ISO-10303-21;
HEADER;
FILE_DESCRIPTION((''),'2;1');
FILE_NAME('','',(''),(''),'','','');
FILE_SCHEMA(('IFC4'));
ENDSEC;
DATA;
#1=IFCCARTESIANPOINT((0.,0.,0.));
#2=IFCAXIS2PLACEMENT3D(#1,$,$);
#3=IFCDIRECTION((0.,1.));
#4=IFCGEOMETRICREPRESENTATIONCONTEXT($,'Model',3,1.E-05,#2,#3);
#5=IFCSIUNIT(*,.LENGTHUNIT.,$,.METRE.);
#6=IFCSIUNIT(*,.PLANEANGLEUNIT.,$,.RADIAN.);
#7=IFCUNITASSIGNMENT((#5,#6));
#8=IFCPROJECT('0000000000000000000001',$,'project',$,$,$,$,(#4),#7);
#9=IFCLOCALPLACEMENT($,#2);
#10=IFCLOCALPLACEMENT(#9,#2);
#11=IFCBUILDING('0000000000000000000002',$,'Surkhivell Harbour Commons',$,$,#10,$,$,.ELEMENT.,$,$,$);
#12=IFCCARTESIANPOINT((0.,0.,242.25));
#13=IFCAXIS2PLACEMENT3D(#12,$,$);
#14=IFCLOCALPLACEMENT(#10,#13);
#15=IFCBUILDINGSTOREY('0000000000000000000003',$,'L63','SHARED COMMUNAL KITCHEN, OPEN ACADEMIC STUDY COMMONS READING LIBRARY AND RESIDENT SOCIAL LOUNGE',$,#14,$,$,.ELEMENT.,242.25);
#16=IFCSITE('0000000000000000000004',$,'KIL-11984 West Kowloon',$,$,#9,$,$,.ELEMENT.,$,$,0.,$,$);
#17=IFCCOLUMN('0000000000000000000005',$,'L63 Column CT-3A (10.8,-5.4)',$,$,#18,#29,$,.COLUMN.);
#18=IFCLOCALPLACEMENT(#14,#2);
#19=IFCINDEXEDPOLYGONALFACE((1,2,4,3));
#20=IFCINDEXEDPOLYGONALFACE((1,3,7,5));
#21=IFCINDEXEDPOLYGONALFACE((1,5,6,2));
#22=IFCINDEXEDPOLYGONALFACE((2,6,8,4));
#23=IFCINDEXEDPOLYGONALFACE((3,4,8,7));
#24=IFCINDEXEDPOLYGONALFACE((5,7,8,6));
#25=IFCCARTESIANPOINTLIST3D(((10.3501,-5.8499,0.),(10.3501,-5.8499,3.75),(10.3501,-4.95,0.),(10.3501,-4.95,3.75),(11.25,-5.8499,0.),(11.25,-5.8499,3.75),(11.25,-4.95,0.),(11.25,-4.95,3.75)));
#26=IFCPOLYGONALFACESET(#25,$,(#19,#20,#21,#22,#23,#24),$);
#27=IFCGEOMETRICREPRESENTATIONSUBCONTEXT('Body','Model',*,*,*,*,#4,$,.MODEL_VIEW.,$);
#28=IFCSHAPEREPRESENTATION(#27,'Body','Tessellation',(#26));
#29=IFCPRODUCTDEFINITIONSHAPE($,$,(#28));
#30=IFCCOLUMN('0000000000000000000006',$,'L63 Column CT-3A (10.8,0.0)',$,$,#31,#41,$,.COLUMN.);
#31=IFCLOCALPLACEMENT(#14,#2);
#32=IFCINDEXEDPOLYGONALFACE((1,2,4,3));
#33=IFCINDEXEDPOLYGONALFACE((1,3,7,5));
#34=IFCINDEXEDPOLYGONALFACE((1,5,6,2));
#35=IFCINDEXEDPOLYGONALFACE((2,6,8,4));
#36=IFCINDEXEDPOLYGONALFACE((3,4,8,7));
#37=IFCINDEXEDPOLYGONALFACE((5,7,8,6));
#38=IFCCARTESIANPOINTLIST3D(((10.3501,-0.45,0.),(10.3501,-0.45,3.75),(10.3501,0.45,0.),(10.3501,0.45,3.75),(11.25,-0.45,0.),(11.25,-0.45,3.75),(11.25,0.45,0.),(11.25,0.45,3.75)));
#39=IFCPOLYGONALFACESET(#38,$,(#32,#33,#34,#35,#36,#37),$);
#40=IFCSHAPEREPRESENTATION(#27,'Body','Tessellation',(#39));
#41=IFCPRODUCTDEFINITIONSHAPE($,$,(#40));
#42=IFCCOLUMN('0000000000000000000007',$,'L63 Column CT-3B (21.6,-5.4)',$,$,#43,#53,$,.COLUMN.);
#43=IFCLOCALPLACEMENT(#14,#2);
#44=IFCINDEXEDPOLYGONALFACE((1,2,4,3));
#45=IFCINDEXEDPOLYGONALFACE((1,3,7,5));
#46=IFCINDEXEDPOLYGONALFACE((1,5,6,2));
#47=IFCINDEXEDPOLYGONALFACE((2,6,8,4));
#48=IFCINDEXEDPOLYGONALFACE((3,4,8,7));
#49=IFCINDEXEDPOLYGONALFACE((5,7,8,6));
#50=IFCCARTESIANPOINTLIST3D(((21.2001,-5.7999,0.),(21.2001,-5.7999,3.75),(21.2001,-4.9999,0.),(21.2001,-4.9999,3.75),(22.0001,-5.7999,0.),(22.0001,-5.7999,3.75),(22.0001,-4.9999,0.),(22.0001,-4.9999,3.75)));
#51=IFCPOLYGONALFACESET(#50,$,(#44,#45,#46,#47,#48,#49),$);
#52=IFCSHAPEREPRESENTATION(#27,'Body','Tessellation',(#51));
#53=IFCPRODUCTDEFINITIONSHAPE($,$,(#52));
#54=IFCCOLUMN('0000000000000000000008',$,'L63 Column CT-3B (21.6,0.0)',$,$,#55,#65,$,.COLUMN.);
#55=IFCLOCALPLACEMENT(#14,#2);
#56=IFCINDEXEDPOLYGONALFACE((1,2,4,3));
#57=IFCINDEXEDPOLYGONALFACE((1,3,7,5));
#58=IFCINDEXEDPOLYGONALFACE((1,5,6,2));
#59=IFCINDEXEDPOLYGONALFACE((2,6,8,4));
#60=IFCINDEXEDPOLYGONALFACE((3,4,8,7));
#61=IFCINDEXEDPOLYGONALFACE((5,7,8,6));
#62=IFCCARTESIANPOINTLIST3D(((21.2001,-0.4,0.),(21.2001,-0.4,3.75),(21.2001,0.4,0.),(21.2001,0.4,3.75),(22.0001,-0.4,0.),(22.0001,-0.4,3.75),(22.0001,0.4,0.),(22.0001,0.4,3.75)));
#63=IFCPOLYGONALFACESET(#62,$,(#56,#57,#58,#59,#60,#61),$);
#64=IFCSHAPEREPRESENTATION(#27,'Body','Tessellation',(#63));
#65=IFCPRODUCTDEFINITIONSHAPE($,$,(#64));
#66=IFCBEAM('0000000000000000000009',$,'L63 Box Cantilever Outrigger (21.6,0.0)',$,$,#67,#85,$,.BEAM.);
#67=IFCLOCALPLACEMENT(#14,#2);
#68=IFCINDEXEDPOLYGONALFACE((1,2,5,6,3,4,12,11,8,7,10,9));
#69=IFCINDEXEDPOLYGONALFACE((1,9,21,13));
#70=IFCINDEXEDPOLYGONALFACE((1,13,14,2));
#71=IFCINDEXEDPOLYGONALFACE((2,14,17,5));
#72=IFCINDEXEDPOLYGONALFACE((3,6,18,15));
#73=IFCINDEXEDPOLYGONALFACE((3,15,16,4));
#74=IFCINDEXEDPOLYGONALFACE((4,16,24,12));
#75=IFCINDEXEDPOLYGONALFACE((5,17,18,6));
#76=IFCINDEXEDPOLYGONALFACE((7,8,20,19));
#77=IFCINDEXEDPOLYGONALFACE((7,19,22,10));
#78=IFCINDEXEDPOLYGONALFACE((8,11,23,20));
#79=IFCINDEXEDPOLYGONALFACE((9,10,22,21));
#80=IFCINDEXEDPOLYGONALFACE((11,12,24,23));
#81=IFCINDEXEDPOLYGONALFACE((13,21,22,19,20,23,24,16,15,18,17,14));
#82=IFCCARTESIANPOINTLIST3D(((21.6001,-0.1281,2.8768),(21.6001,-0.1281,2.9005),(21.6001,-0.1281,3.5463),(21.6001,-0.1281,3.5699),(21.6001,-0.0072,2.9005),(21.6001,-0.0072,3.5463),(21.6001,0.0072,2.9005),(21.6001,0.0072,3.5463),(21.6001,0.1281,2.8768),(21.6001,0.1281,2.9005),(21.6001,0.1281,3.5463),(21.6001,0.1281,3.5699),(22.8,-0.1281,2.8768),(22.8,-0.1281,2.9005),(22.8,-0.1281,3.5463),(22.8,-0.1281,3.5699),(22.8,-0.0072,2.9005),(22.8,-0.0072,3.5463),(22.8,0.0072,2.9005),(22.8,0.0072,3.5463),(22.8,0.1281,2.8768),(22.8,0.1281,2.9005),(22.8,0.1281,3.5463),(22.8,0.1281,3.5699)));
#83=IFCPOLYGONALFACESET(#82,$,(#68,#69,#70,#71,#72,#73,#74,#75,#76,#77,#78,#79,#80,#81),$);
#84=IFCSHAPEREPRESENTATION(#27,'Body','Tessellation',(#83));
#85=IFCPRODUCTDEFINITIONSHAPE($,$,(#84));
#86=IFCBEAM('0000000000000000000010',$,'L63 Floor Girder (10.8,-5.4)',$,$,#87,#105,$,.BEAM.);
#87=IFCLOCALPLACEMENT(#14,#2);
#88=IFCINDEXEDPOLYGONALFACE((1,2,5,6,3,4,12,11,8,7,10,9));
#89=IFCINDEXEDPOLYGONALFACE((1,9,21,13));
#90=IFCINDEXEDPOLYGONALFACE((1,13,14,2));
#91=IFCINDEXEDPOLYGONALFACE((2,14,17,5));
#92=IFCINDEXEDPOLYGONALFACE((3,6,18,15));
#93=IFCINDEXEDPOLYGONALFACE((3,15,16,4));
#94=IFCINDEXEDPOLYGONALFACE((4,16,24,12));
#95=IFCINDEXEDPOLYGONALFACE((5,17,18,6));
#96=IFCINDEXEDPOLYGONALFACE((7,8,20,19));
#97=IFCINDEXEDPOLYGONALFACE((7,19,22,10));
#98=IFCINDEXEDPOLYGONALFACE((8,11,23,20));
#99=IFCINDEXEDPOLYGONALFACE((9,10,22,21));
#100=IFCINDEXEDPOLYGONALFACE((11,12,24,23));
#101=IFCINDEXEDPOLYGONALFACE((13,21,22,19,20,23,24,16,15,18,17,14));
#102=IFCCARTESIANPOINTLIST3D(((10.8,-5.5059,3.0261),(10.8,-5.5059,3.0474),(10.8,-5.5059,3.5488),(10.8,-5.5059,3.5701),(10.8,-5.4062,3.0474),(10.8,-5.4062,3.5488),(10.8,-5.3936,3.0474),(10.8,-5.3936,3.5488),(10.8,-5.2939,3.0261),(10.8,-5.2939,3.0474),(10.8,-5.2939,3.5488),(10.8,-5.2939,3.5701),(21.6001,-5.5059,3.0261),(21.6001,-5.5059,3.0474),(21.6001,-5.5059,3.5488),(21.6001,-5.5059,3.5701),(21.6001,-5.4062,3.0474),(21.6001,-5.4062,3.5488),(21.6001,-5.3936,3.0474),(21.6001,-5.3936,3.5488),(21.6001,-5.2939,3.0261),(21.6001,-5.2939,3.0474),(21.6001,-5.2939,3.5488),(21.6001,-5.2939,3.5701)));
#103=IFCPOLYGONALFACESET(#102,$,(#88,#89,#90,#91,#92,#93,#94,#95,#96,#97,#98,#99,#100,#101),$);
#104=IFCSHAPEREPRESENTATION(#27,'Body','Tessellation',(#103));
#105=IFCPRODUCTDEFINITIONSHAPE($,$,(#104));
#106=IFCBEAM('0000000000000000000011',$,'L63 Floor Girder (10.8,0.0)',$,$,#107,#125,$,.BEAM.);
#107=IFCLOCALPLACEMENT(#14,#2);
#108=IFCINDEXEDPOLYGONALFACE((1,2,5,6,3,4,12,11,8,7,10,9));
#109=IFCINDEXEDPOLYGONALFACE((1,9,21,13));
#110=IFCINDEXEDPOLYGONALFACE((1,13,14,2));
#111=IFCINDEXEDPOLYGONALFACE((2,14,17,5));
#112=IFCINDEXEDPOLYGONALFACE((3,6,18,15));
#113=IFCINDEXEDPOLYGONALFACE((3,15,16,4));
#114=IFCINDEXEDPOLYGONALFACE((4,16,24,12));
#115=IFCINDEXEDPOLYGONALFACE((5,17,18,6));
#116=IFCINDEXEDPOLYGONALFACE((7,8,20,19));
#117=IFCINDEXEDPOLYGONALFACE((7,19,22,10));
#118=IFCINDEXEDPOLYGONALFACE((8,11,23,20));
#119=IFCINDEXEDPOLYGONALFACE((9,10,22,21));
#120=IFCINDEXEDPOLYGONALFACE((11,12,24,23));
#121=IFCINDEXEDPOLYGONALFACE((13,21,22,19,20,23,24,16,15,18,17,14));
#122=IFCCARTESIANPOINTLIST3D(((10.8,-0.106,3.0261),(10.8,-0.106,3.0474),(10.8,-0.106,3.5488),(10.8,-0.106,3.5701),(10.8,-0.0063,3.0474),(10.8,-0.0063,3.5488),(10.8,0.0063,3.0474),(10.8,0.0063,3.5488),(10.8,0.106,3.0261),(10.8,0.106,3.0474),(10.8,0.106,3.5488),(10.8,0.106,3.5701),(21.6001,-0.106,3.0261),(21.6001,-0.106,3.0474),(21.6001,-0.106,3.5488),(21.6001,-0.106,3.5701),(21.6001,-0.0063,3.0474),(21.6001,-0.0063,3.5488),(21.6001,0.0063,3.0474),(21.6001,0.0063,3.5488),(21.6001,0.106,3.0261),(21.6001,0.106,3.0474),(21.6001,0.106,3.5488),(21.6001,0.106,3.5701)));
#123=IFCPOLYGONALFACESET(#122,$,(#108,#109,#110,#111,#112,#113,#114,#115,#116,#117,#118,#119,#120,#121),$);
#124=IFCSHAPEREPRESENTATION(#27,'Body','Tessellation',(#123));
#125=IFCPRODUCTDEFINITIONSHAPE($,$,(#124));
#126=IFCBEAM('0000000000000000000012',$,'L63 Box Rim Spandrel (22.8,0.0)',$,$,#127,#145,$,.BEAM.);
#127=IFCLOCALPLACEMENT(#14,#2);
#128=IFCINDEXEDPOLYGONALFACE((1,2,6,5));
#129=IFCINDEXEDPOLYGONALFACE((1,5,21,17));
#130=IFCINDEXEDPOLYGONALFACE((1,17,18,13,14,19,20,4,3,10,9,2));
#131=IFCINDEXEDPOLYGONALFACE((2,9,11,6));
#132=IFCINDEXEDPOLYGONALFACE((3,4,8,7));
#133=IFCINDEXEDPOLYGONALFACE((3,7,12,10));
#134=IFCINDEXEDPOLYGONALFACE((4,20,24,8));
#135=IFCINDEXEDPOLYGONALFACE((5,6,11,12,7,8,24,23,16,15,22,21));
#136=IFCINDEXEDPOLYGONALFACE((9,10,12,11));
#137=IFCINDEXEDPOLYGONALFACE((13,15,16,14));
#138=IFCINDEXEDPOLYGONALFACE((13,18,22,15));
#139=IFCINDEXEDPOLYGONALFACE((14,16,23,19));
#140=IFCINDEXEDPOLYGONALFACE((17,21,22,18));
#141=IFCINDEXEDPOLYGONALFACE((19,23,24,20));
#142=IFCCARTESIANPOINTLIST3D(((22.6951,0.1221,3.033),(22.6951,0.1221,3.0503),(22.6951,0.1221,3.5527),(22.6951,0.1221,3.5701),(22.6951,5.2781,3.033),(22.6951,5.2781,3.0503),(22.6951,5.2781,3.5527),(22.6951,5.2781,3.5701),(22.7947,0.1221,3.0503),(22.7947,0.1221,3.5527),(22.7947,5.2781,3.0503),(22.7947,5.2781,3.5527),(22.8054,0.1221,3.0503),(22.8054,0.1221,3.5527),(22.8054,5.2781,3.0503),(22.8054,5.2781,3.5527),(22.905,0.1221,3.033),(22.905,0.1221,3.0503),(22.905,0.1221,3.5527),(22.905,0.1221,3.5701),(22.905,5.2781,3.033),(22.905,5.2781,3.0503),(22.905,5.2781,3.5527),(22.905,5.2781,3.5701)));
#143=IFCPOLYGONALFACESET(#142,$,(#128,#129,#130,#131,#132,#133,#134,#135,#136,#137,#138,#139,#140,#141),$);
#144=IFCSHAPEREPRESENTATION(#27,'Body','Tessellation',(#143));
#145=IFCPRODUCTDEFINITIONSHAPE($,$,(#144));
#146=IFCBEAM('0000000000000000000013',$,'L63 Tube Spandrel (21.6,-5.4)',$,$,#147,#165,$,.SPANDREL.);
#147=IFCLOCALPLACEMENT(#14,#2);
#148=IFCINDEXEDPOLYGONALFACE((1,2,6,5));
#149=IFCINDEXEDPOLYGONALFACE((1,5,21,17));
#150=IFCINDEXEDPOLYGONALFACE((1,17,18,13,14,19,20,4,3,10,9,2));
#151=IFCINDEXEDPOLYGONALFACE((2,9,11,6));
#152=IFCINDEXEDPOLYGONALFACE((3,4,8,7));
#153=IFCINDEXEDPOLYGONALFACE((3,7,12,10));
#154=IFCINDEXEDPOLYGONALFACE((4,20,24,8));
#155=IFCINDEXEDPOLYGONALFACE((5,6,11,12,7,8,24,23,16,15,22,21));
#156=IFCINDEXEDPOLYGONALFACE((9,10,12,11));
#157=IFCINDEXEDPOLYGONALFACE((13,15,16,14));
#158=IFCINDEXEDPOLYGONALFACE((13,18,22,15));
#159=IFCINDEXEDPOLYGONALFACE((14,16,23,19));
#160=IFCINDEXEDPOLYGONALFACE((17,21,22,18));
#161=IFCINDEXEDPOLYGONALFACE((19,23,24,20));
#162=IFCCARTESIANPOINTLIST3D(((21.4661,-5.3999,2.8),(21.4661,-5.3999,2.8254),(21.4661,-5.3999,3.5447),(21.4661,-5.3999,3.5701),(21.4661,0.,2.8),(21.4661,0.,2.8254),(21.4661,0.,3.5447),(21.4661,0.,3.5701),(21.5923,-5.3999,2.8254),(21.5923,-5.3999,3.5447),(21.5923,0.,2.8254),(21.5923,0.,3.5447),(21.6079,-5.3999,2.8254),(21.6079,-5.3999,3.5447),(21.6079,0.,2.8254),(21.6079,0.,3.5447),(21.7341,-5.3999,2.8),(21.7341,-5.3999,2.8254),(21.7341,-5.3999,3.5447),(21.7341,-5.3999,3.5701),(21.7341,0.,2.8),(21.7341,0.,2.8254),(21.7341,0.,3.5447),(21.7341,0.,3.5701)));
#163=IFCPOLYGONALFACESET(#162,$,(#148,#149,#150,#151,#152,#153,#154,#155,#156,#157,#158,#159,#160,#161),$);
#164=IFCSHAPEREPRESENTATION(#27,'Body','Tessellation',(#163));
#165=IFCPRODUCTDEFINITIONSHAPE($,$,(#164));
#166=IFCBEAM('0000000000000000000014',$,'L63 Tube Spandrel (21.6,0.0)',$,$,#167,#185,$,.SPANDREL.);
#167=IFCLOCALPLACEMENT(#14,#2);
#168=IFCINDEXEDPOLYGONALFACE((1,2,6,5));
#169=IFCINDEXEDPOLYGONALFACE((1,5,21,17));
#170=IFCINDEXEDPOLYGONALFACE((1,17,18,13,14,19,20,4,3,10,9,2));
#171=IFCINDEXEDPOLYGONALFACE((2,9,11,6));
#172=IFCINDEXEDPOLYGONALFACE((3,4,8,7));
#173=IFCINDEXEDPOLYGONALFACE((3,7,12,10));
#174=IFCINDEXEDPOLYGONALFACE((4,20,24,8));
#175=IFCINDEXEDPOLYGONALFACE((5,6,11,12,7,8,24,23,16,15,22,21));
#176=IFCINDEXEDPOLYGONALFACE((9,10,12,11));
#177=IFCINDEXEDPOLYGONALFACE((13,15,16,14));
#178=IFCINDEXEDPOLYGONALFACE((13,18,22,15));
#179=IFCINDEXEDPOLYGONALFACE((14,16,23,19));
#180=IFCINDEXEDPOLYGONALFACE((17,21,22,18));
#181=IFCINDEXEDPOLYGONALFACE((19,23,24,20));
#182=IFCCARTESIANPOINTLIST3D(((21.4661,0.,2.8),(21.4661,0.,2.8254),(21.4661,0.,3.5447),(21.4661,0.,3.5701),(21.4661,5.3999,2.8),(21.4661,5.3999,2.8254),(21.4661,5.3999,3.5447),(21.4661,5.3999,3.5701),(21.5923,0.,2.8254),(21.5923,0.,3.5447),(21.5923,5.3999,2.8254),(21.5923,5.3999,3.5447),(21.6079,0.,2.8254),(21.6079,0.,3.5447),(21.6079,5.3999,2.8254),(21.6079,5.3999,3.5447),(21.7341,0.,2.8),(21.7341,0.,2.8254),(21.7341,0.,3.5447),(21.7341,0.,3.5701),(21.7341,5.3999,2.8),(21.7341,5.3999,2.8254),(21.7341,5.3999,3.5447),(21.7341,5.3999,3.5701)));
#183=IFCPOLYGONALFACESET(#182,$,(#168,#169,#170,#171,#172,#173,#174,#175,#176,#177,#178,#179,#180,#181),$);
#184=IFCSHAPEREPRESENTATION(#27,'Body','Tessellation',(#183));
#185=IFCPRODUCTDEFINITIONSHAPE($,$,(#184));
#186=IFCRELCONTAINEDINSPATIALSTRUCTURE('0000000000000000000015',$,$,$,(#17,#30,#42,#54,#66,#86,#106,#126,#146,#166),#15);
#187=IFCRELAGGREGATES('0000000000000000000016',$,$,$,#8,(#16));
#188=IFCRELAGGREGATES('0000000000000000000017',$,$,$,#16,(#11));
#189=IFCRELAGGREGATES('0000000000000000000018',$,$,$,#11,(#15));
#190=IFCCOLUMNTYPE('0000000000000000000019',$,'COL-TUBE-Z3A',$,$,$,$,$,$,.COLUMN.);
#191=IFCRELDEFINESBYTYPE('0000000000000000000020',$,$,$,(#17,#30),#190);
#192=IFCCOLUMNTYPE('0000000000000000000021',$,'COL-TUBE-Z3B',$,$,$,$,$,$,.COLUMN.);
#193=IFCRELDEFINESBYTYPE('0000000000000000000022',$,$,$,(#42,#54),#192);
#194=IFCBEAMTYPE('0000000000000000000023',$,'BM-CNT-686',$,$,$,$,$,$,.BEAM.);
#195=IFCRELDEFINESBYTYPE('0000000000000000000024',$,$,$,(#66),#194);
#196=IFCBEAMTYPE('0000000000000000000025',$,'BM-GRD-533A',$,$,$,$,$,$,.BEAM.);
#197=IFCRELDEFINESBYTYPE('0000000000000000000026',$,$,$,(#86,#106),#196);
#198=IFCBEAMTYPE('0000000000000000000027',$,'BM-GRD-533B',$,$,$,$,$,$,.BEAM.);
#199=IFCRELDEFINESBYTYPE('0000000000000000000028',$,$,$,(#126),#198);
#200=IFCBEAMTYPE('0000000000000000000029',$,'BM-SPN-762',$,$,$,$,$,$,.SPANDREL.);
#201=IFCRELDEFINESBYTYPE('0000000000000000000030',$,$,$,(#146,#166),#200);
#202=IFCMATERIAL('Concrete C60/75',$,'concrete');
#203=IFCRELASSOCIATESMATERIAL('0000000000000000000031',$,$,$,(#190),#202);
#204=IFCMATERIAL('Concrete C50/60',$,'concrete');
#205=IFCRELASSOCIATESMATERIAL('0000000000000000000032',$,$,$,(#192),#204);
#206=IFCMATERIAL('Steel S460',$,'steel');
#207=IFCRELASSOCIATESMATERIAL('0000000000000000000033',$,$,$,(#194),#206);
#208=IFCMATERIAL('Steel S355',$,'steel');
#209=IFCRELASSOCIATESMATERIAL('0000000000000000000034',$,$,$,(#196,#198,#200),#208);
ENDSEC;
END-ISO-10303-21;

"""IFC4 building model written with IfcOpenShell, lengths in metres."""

from ifc_helpers import new_model, si_unit, direction, frame, origin, origin_2d, place, context, subcontext, project, spatial, rectangle, i_section, extrude, material, material_profile, profile_set, type_object, element, save


model = new_model("IFC4")

# Units and contexts
model_context = context("Model", 3, precision=1e-05, world=origin(), true_north=direction((0.0, 1.0)))
body_context = subcontext(model_context, "Body", "Model", "MODEL_VIEW")
ifc_project = project(units=[si_unit("LENGTHUNIT", "METRE"), si_unit("PLANEANGLEUNIT", "RADIAN")], contexts=[model_context])

# Site, building, storey
site_placement = place(None, origin())
site = spatial("IfcSite", under=ifc_project, at=site_placement, Name="KIL-11984 West Kowloon", CompositionType="ELEMENT", RefElevation=0.0)
building_placement = place(site_placement, origin())
building = spatial("IfcBuilding", under=site, at=building_placement, Name="Surkhivell Harbour Commons", CompositionType="ELEMENT")
storey_placement = place(building_placement, frame((0.0, 0.0, 242.25)))
storey = spatial("IfcBuildingStorey", under=building, at=storey_placement, Name="L63", Description="SHARED COMMUNAL KITCHEN, OPEN ACADEMIC STUDY COMMONS READING LIBRARY AND RESIDENT SOCIAL LOUNGE", CompositionType="ELEMENT", Elevation=242.25)

# Columns
ifc_material_1 = material(Name="Concrete C60/75", Category="concrete")
ifc_material_profile_1 = material_profile(ifc_material_1, rectangle(XDim=0.8999, YDim=0.8999, at=origin_2d()), Name="RC-COL-900x900")
ifc_profile_set_1 = profile_set([ifc_material_profile_1], Name="Concrete C60/75")
column_type_1 = type_object("IfcColumnType", Name="COL-TUBE-Z3A", PredefinedType="COLUMN", material=ifc_profile_set_1)
for number, where, z_axis, x_axis, name in (
    (1, (10.8, -5.3999, 0.0), (0.0, 0.0, 1.0), (1.0, 0.0, 0.0), "L63 Column CT-3A (10.8,-5.4)"),
    (2, (10.8, 0.0, 0.0), (0.0, 0.0, 1.0), (1.0, 0.0, 0.0), "L63 Column CT-3A (10.8,0.0)"),
):
    element("IfcColumn", number, at=place(storey_placement, frame(where, z_axis=z_axis, x_axis=x_axis)), inside=storey, type_object=column_type_1, Name=name, PredefinedType="COLUMN", context=body_context, shape_type="SweptSolid", body=[
        extrude(rectangle(XDim=0.8999, YDim=0.8999, at=origin_2d()), origin(), (0.0, 0.0, 1.0), 3.75),
    ])
ifc_material_2 = material(Name="Concrete C50/60", Category="concrete")
ifc_material_profile_2 = material_profile(ifc_material_2, rectangle(XDim=0.8, YDim=0.8, at=origin_2d()), Name="RC-COL-800x800")
ifc_profile_set_2 = profile_set([ifc_material_profile_2], Name="Concrete C50/60")
column_type_2 = type_object("IfcColumnType", Name="COL-TUBE-Z3B", PredefinedType="COLUMN", material=ifc_profile_set_2)
for number, where, z_axis, x_axis, name in (
    (3, (21.6001, -5.3999, 0.0), (0.0, 0.0, 1.0), (1.0, 0.0, 0.0), "L63 Column CT-3B (21.6,-5.4)"),
    (4, (21.6001, 0.0, 0.0), (0.0, 0.0, 1.0), (1.0, 0.0, 0.0), "L63 Column CT-3B (21.6,0.0)"),
):
    element("IfcColumn", number, at=place(storey_placement, frame(where, z_axis=z_axis, x_axis=x_axis)), inside=storey, type_object=column_type_2, Name=name, PredefinedType="COLUMN", context=body_context, shape_type="SweptSolid", body=[
        extrude(rectangle(XDim=0.8, YDim=0.8, at=origin_2d()), origin(), (0.0, 0.0, 1.0), 3.75),
    ])

# Beams
ifc_material_3 = material(Name="Steel S460", Category="steel")
ifc_material_profile_3 = material_profile(ifc_material_3, i_section(OverallWidth=0.2561, OverallDepth=0.6931, WebThickness=0.0144, FlangeThickness=0.0237, at=origin_2d()), Name="UB686x254x170")
ifc_profile_set_3 = profile_set([ifc_material_profile_3], Name="Steel S460")
beam_type_1 = type_object("IfcBeamType", Name="BM-CNT-686", PredefinedType="BEAM", material=ifc_profile_set_3)
beam_1_placement = place(storey_placement, frame((21.6001, 0.0, 3.2234), z_axis=(1.0, 0.0, 0.0), x_axis=(0.0, 1.0, 0.0)))
element("IfcBeam", 5, at=beam_1_placement, inside=storey, type_object=beam_type_1, Name="L63 Box Cantilever Outrigger (21.6,0.0)", PredefinedType="BEAM", context=body_context, shape_type="SweptSolid", body=[
    extrude(i_section(OverallWidth=0.2561, OverallDepth=0.6931, WebThickness=0.0144, FlangeThickness=0.0237, at=origin_2d()), origin(), (0.0, 0.0, 1.0), 1.2),
])
ifc_material_4 = material(Name="Steel S355", Category="steel")
ifc_material_profile_4 = material_profile(ifc_material_4, i_section(OverallWidth=0.2119, OverallDepth=0.5439, WebThickness=0.0127, FlangeThickness=0.0212, at=origin_2d()), Name="UB533x210x122")
ifc_profile_set_4 = profile_set([ifc_material_profile_4], Name="Steel S355")
beam_type_2 = type_object("IfcBeamType", Name="BM-GRD-533A", PredefinedType="BEAM", material=ifc_profile_set_4)
for number, where, z_axis, x_axis, name in (
    (6, (10.8, -5.3999, 3.2981), (1.0, 0.0, 0.0), (0.0, 1.0, 0.0), "L63 Floor Girder (10.8,-5.4)"),
    (7, (10.8, 0.0, 3.2981), (1.0, 0.0, 0.0), (0.0, 1.0, 0.0), "L63 Floor Girder (10.8,0.0)"),
):
    element("IfcBeam", number, at=place(storey_placement, frame(where, z_axis=z_axis, x_axis=x_axis)), inside=storey, type_object=beam_type_2, Name=name, PredefinedType="BEAM", context=body_context, shape_type="SweptSolid", body=[
        extrude(i_section(OverallWidth=0.2119, OverallDepth=0.5439, WebThickness=0.0127, FlangeThickness=0.0212, at=origin_2d()), origin(), (0.0, 0.0, 1.0), 10.8),
    ])
ifc_material_profile_5 = material_profile(ifc_material_4, i_section(OverallWidth=0.21, OverallDepth=0.5371, WebThickness=0.0107, FlangeThickness=0.0173, at=origin_2d()), Name="UB533x210x101")
ifc_profile_set_5 = profile_set([ifc_material_profile_5], Name="Steel S355")
beam_type_3 = type_object("IfcBeamType", Name="BM-GRD-533B", PredefinedType="BEAM", material=ifc_profile_set_5)
beam_2_placement = place(storey_placement, frame((22.8, 0.1221, 3.3015), z_axis=(0.0, 1.0, 0.0), x_axis=(-1.0, 0.0, 0.0)))
element("IfcBeam", 8, at=beam_2_placement, inside=storey, type_object=beam_type_3, Name="L63 Box Rim Spandrel (22.8,0.0)", PredefinedType="BEAM", context=body_context, shape_type="SweptSolid", body=[
    extrude(i_section(OverallWidth=0.21, OverallDepth=0.5371, WebThickness=0.0107, FlangeThickness=0.0173, at=origin_2d()), origin(), (0.0, 0.0, 1.0), 5.156),
])
ifc_material_profile_6 = material_profile(ifc_material_4, i_section(OverallWidth=0.2681, OverallDepth=0.77, WebThickness=0.0156, FlangeThickness=0.0254, at=origin_2d()), Name="UB762x267x197")
ifc_profile_set_6 = profile_set([ifc_material_profile_6], Name="Steel S355")
beam_type_4 = type_object("IfcBeamType", Name="BM-SPN-762", PredefinedType="SPANDREL", material=ifc_profile_set_6)
for number, where, z_axis, x_axis, name in (
    (9, (21.6001, -5.3999, 3.1851), (0.0, 1.0, 0.0), (-1.0, 0.0, 0.0), "L63 Tube Spandrel (21.6,-5.4)"),
    (10, (21.6001, 0.0, 3.1851), (0.0, 1.0, 0.0), (-1.0, 0.0, 0.0), "L63 Tube Spandrel (21.6,0.0)"),
):
    element("IfcBeam", number, at=place(storey_placement, frame(where, z_axis=z_axis, x_axis=x_axis)), inside=storey, type_object=beam_type_4, Name=name, PredefinedType="SPANDREL", context=body_context, shape_type="SweptSolid", body=[
        extrude(i_section(OverallWidth=0.2681, OverallDepth=0.77, WebThickness=0.0156, FlangeThickness=0.0254, at=origin_2d()), origin(), (0.0, 0.0, 1.0), 5.3999),
    ])

save(model, "model.ifc")
